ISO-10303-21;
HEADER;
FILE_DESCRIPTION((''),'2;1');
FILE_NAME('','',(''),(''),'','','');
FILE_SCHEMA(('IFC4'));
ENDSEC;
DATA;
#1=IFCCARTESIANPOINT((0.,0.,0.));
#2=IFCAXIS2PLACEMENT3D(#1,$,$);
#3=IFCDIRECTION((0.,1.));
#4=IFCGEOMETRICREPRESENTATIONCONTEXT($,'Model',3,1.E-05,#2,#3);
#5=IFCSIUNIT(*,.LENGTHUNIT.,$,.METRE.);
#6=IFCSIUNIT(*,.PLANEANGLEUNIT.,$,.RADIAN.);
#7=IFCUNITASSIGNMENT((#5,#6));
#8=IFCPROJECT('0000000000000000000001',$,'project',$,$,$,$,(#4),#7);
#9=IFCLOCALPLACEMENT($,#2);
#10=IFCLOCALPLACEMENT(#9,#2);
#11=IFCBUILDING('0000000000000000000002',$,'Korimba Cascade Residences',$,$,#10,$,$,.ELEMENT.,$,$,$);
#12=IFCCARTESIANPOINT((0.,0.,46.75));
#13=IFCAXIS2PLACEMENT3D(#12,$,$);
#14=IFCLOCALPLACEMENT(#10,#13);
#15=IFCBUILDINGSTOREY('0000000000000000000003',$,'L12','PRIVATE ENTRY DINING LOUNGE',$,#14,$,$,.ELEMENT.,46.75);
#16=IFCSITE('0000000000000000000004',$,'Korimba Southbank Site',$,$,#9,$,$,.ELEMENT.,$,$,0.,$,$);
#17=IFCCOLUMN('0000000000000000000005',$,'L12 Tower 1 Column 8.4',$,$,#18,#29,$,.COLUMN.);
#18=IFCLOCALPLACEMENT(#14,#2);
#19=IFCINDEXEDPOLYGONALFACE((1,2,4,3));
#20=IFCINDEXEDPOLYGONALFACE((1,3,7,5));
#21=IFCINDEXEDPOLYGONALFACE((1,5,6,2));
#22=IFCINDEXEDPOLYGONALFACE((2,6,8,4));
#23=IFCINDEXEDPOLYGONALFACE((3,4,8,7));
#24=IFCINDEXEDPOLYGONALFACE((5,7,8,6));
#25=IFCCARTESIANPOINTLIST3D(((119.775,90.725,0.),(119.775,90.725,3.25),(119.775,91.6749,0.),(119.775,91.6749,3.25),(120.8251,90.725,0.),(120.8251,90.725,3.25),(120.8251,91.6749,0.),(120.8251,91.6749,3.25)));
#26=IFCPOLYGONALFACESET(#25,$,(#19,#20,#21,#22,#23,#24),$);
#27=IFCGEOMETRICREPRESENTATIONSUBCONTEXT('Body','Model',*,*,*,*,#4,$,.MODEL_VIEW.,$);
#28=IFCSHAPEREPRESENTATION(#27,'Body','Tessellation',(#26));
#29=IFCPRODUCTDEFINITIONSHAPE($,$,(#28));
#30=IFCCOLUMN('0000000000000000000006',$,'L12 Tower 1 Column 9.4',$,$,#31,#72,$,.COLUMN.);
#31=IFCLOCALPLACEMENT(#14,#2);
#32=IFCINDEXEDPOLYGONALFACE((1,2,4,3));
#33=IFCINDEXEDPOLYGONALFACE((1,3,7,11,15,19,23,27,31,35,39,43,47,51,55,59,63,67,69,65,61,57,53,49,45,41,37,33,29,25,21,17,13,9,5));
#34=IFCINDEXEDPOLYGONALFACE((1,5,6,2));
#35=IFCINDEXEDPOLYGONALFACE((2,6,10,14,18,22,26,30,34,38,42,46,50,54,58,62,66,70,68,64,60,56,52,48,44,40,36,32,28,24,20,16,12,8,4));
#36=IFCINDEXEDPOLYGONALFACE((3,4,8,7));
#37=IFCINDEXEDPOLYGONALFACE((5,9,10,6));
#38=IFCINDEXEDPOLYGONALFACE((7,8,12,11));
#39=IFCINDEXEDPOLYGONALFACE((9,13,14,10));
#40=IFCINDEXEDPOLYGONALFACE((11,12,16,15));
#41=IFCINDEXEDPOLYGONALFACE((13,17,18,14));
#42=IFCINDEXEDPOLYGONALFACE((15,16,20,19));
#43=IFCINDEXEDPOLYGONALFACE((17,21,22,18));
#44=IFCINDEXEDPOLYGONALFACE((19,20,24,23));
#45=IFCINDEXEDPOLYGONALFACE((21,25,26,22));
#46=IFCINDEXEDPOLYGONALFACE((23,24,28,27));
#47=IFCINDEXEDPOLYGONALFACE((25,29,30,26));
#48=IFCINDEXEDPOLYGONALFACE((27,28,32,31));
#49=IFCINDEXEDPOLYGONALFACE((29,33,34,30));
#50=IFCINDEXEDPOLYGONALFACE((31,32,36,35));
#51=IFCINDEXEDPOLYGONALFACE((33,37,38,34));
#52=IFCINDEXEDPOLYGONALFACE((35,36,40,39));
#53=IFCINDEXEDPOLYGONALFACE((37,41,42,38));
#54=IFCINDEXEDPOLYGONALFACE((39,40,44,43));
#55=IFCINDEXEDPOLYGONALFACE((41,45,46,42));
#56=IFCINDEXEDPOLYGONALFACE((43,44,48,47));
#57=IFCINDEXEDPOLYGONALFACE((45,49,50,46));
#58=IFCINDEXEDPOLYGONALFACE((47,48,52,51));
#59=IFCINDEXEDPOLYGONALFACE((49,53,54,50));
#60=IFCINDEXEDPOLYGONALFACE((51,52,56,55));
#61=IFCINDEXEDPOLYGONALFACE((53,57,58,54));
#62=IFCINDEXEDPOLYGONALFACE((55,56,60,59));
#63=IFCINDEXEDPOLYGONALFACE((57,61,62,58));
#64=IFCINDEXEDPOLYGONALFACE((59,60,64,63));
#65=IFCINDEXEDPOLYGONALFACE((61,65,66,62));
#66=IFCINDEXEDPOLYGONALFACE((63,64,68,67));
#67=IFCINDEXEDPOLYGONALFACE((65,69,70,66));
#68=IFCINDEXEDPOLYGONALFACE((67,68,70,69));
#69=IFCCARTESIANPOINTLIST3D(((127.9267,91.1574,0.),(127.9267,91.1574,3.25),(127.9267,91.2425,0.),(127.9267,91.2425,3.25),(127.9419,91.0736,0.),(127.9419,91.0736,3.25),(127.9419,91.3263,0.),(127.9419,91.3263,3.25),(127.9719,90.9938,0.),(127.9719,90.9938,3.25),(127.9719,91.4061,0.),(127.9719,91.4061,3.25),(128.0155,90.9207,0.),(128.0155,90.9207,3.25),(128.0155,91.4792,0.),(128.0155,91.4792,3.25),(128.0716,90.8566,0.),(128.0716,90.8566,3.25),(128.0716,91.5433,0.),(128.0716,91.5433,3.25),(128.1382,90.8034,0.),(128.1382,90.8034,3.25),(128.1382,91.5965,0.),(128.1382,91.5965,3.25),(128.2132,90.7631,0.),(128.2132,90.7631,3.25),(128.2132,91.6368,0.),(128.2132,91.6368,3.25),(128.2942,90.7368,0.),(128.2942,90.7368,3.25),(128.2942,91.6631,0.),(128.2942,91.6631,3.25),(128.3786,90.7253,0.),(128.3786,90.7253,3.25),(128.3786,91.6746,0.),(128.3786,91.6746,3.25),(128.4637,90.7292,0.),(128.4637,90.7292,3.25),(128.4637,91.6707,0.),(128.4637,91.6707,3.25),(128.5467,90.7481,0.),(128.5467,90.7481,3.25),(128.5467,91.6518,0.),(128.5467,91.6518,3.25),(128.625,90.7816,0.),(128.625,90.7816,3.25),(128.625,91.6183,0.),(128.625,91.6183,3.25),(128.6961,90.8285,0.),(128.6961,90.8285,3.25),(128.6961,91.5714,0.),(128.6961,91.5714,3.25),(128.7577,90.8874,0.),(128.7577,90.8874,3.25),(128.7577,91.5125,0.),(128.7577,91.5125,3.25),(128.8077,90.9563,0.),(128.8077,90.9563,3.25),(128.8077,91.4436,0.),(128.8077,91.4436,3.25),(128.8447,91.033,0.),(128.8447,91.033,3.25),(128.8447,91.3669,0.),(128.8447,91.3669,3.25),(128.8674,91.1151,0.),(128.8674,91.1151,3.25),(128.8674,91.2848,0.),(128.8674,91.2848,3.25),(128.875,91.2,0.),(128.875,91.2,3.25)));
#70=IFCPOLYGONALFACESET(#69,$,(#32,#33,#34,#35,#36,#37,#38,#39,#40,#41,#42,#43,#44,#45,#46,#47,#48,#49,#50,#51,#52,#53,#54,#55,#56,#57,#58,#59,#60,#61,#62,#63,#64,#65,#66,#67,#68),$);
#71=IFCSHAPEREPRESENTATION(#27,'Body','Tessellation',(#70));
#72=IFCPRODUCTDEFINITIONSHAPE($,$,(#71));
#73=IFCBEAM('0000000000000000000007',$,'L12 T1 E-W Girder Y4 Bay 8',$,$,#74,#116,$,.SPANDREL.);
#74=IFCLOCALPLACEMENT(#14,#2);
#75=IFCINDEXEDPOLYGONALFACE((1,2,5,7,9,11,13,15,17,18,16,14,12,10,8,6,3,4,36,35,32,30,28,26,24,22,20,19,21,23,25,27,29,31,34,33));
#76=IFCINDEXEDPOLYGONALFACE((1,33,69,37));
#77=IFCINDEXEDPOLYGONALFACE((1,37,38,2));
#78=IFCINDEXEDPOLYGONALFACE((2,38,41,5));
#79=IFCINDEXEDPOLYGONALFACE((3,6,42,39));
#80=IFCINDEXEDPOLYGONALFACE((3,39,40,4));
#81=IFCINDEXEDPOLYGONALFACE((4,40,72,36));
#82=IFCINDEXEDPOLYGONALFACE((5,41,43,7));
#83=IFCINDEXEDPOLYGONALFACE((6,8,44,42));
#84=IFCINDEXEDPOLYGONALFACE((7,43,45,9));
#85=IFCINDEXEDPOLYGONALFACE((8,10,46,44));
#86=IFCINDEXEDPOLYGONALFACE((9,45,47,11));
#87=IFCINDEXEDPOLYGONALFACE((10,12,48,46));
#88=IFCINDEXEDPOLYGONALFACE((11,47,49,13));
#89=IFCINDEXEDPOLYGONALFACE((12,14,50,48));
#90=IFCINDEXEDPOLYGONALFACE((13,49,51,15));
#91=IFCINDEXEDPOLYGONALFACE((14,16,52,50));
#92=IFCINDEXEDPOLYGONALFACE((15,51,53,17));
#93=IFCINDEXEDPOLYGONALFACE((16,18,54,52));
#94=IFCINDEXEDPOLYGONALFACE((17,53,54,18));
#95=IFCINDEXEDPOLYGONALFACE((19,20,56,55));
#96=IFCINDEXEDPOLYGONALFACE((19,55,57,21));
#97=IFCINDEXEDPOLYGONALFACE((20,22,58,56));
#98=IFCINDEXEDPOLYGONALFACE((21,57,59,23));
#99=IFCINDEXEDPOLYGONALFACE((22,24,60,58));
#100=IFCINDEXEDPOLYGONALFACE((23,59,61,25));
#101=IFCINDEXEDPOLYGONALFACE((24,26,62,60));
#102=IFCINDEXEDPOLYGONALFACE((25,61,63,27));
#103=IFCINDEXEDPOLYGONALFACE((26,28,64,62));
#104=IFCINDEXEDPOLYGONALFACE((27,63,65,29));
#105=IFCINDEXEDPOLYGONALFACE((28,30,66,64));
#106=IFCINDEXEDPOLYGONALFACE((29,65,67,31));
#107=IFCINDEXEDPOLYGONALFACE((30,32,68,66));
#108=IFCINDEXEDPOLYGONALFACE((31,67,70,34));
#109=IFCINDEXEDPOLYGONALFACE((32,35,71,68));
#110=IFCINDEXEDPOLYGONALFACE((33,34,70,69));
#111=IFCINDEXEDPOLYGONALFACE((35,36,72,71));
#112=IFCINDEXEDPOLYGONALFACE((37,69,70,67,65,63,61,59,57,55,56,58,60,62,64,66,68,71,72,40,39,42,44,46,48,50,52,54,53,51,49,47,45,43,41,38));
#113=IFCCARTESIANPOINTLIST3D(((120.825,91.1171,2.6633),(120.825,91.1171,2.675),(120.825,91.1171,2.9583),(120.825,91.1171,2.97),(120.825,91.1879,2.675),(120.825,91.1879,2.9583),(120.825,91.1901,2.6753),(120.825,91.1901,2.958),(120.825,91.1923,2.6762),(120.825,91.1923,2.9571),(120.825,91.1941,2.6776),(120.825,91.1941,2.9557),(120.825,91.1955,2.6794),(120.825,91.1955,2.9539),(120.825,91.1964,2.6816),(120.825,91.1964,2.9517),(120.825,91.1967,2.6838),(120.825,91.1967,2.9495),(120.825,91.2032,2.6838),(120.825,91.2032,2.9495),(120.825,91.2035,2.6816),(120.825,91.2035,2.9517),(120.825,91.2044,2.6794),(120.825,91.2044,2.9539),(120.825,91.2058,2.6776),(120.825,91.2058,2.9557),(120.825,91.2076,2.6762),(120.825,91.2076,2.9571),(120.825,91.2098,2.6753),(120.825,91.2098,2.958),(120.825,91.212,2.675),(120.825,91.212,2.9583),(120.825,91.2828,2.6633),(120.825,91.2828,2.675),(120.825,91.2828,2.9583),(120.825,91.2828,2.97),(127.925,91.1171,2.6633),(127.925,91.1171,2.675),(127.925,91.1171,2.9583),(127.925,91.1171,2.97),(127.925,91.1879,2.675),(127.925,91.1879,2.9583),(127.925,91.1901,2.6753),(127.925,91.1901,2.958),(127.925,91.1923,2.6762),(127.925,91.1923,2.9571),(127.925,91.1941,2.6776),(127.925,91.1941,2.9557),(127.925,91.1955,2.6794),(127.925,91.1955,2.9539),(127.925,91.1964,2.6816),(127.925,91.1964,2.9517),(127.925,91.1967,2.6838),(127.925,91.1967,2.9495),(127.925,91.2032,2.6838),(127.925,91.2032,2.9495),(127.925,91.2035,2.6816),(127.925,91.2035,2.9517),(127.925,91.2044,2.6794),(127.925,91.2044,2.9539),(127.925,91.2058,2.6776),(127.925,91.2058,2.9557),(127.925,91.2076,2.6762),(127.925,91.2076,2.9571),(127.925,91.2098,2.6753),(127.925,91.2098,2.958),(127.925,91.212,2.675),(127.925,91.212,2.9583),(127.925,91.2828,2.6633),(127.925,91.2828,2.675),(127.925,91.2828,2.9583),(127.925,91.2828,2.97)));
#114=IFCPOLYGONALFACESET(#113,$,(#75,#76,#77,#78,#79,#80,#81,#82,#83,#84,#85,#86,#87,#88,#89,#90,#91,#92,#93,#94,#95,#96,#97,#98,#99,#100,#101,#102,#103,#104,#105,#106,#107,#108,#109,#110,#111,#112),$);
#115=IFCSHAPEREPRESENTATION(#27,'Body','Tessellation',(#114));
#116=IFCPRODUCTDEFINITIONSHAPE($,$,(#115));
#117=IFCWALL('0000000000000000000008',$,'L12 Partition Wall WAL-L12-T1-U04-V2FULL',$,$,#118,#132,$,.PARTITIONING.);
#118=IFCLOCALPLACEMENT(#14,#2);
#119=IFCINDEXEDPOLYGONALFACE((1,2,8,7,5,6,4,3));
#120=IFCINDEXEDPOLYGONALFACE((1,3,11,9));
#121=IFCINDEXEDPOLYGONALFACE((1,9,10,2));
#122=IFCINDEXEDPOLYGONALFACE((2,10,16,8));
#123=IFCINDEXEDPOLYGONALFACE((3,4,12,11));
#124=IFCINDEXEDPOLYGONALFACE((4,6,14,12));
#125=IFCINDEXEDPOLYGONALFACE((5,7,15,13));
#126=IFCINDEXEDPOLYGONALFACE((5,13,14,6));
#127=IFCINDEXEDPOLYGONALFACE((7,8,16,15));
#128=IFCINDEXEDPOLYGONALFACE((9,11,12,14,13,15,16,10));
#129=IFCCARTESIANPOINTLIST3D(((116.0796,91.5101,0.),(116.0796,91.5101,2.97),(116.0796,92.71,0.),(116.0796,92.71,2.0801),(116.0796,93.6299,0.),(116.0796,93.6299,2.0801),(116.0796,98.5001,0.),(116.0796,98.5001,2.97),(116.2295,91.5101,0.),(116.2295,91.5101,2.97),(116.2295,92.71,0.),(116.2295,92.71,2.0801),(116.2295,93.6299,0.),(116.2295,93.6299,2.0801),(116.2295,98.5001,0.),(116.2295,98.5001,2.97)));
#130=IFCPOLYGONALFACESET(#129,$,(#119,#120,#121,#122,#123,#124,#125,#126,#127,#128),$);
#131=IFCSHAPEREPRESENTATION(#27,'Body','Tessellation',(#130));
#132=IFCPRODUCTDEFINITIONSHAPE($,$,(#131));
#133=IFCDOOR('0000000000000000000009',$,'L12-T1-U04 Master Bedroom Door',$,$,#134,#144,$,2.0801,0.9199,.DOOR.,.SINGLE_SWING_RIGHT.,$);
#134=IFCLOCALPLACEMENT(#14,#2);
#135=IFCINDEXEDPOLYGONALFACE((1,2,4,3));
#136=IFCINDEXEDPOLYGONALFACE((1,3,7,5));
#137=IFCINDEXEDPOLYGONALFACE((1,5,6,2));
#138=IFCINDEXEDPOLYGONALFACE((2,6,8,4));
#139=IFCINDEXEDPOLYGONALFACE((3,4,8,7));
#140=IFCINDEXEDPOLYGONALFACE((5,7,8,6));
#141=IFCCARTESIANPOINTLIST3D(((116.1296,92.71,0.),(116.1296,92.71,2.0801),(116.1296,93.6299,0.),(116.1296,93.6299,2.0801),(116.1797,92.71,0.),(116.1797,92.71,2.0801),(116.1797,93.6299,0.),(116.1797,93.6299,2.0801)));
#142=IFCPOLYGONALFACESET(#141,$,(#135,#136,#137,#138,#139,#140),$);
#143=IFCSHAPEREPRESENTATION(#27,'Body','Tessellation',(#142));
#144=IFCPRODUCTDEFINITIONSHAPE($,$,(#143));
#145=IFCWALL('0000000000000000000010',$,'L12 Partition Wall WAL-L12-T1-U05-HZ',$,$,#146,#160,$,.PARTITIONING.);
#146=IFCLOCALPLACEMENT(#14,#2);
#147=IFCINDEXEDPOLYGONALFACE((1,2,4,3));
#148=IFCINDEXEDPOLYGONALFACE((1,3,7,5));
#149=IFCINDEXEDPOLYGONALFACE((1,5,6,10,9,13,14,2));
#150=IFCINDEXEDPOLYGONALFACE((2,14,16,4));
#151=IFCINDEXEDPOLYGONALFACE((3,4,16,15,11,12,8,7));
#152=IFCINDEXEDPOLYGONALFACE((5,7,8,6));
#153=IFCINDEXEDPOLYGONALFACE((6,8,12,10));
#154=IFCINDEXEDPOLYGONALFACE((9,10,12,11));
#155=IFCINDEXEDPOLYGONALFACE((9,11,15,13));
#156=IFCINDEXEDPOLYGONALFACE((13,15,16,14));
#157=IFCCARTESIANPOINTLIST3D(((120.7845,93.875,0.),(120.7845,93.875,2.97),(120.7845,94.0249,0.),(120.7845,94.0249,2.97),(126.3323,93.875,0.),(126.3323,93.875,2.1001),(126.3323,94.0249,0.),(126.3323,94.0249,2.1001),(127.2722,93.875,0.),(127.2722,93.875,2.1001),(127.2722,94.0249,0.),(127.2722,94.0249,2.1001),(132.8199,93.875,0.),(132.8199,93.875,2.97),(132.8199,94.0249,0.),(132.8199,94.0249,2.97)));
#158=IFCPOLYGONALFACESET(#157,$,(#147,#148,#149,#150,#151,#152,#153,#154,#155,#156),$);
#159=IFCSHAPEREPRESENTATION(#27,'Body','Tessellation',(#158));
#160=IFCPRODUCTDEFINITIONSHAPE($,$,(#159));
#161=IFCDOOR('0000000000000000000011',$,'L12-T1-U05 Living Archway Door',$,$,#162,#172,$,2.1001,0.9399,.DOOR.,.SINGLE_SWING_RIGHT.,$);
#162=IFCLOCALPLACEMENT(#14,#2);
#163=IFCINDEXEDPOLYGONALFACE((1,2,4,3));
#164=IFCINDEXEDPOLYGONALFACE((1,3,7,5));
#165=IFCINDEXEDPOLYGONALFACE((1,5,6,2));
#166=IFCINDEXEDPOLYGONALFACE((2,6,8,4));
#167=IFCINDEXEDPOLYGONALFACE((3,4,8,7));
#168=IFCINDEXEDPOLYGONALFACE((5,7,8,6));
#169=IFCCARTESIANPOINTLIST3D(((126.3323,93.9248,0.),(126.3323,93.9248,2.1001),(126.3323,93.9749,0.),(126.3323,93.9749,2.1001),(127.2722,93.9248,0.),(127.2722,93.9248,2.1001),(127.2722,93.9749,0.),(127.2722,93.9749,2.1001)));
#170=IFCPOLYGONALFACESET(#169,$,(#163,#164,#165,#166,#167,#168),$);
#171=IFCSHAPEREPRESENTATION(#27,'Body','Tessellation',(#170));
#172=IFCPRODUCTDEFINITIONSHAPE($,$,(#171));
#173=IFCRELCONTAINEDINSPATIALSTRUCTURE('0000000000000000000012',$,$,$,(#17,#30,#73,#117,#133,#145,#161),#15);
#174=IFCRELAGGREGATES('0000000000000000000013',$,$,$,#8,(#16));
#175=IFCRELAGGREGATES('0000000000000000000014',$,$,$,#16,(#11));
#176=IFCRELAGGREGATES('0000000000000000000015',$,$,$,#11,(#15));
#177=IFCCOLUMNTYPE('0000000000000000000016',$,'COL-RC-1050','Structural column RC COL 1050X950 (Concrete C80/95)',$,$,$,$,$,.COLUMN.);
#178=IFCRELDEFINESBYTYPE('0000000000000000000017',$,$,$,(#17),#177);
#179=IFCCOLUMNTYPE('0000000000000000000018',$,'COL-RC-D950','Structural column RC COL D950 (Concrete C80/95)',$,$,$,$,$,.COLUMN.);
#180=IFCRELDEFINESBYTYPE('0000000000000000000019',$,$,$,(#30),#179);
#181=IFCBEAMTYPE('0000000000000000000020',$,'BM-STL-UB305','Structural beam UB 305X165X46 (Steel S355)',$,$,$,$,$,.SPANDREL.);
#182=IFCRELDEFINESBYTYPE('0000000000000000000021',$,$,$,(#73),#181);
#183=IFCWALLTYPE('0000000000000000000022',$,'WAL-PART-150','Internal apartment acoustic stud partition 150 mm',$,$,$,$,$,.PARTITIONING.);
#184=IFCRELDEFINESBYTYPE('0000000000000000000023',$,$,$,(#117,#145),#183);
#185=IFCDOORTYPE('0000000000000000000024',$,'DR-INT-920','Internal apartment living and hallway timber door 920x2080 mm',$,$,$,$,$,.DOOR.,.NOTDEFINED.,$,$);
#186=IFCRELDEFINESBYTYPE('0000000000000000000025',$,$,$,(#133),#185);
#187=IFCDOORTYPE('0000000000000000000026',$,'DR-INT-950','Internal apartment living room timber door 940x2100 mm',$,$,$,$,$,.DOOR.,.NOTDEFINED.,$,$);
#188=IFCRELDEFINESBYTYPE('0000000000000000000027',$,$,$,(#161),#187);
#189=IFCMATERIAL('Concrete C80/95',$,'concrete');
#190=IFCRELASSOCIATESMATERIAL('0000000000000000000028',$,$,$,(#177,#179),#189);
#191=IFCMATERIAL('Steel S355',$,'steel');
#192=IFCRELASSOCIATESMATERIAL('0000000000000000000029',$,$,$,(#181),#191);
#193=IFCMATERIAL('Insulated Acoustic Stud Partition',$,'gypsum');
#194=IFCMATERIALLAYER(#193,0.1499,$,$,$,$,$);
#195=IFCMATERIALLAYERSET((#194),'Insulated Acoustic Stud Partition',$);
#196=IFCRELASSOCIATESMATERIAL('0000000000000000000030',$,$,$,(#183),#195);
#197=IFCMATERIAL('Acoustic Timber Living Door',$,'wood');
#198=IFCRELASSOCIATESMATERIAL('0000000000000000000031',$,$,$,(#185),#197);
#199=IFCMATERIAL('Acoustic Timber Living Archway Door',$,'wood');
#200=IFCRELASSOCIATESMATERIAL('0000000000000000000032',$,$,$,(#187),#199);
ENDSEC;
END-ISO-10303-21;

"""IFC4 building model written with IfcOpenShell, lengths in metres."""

from ifc_helpers import new_model, si_unit, direction, frame, frame_2d, origin, origin_2d, place, context, subcontext, project, spatial, rectangle, circle, i_section, extrude, material, layer, layer_set, material_profile, profile_set, type_object, element, fill, save


model = new_model("IFC4")

# Units and contexts
model_context = context("Model", 3, precision=1e-05, world=origin(), true_north=direction((0.0, 1.0)))
body_context = subcontext(model_context, "Body", "Model", "MODEL_VIEW")
ifc_project = project(units=[si_unit("LENGTHUNIT", "METRE"), si_unit("PLANEANGLEUNIT", "RADIAN")], contexts=[model_context])

# Site, building, storey
site_placement = place(None, origin())
site = spatial("IfcSite", under=ifc_project, at=site_placement, Name="Korimba Southbank Site", CompositionType="ELEMENT", RefElevation=0.0)
building_placement = place(site_placement, origin())
building = spatial("IfcBuilding", under=site, at=building_placement, Name="Korimba Cascade Residences", CompositionType="ELEMENT")
storey_placement = place(building_placement, frame((0.0, 0.0, 46.75)))
storey = spatial("IfcBuildingStorey", under=building, at=storey_placement, Name="L12", Description="PRIVATE ENTRY DINING LOUNGE", CompositionType="ELEMENT", Elevation=46.75)

# Columns
ifc_material_1 = material(Name="Concrete C80/95", Category="concrete")
ifc_material_profile_1 = material_profile(ifc_material_1, rectangle(XDim=1.05, YDim=0.95, at=origin_2d()), Name="Concrete C80/95")
ifc_profile_set_1 = profile_set([ifc_material_profile_1], Name="Concrete C80/95")
column_type_1 = type_object("IfcColumnType", Name="COL-RC-1050", Description="Structural column RC COL 1050X950 (Concrete C80/95)", PredefinedType="COLUMN", material=ifc_profile_set_1)
column_1_placement = place(storey_placement, frame((120.3, 91.2, 0.0), z_axis=(0.0, 0.0, 1.0), x_axis=(1.0, 0.0, 0.0)))
element("IfcColumn", 1, at=column_1_placement, inside=storey, type_object=column_type_1, Name="L12 Tower 1 Column 8.4", PredefinedType="COLUMN", context=body_context, shape_type="SweptSolid", body=[
    extrude(rectangle(XDim=1.05, YDim=0.95, at=origin_2d()), origin(), (0.0, 0.0, 1.0), 3.25),
])
ifc_material_profile_2 = material_profile(ifc_material_1, circle(Radius=0.4751, at=origin_2d()), Name="Concrete C80/95")
ifc_profile_set_2 = profile_set([ifc_material_profile_2], Name="Concrete C80/95")
column_type_2 = type_object("IfcColumnType", Name="COL-RC-D950", Description="Structural column RC COL D950 (Concrete C80/95)", PredefinedType="COLUMN", material=ifc_profile_set_2)
column_2_placement = place(storey_placement, frame((128.3999, 91.2, 0.0), z_axis=(0.0, 0.0, 1.0), x_axis=(1.0, 0.0, 0.0)))
element("IfcColumn", 2, at=column_2_placement, inside=storey, type_object=column_type_2, Name="L12 Tower 1 Column 9.4", PredefinedType="COLUMN", context=body_context, shape_type="SweptSolid", body=[
    extrude(circle(Radius=0.4751, at=origin_2d()), origin(), (0.0, 0.0, 1.0), 3.25),
])

# Beam
ifc_material_2 = material(Name="Steel S355", Category="steel")
ifc_material_profile_3 = material_profile(ifc_material_2, i_section(OverallWidth=0.1658, OverallDepth=0.3066, WebThickness=0.0066, FlangeThickness=0.0117, FilletRadius=0.0088, at=origin_2d()), Name="Steel S355")
ifc_profile_set_3 = profile_set([ifc_material_profile_3], Name="Steel S355")
beam_type = type_object("IfcBeamType", Name="BM-STL-UB305", Description="Structural beam UB 305X165X46 (Steel S355)", PredefinedType="SPANDREL", material=ifc_profile_set_3)
beam_placement = place(storey_placement, frame((120.825, 91.2, 2.8167), z_axis=(1.0, 0.0, 0.0), x_axis=(0.0, 1.0, 0.0)))
element("IfcBeam", 3, at=beam_placement, inside=storey, type_object=beam_type, Name="L12 T1 E-W Girder Y4 Bay 8", PredefinedType="SPANDREL", context=body_context, shape_type="SweptSolid", body=[
    extrude(i_section(OverallWidth=0.1658, OverallDepth=0.3066, WebThickness=0.0066, FlangeThickness=0.0117, FilletRadius=0.0088, at=origin_2d()), origin(), (0.0, 0.0, 1.0), 7.1001),
])

# Walls, openings, doors
ifc_material_3 = material(Name="Insulated Acoustic Stud Partition", Category="gypsum")
ifc_layer = layer(ifc_material_3, 0.1499)
ifc_layer_set = layer_set([ifc_layer], Name="Insulated Acoustic Stud Partition")
wall_type = type_object("IfcWallType", Name="WAL-PART-150", Description="Internal apartment acoustic stud partition 150 mm", PredefinedType="PARTITIONING", material=ifc_layer_set)
wall_1_placement = place(storey_placement, frame((116.1545, 91.51, 0.0), z_axis=(0.0, 0.0, 1.0), x_axis=(0.0, 1.0, 0.0)))
wall_1 = element("IfcWall", 4, at=wall_1_placement, inside=storey, type_object=wall_type, Name="L12 Partition Wall WAL-L12-T1-U04-V2FULL", PredefinedType="PARTITIONING", context=body_context, shape_type="SweptSolid", body=[
    extrude(rectangle(XDim=6.99, YDim=0.1499, at=frame_2d((3.4951, 0.0))), origin(), (0.0, 0.0, 1.0), 2.97),
])
opening_1_placement = place(wall_1_placement, frame((1.2, 0.0, 0.0)))
opening_1 = element("IfcOpeningElement", 5, at=opening_1_placement, cuts=wall_1, PredefinedType="OPENING", context=body_context, shape_type="SweptSolid", body=[
    extrude(rectangle(XDim=0.9199, YDim=2.0801, at=frame_2d((0.46, 1.04))), frame((0.0, 0.085, 0.0), z_axis=(0.0, -1.0, 0.0), x_axis=(1.0, 0.0, 0.0)), (0.0, 0.0, 1.0), 0.1699),
])
ifc_material_4 = material(Name="Acoustic Timber Living Door", Category="wood")
door_type_1 = type_object("IfcDoorType", Name="DR-INT-920", Description="Internal apartment living and hallway timber door 920x2080 mm", OperationType="NOTDEFINED", PredefinedType="DOOR", material=ifc_material_4)
door_1_placement = place(opening_1_placement, origin())
door_1 = element("IfcDoor", 6, at=door_1_placement, inside=storey, type_object=door_type_1, Name="L12-T1-U04 Master Bedroom Door", OperationType="SINGLE_SWING_RIGHT", OverallHeight=2.0801, OverallWidth=0.9199, PredefinedType="DOOR", context=body_context, shape_type="SweptSolid", body=[
    extrude(rectangle(XDim=0.9199, YDim=2.0801, at=frame_2d((0.46, 1.04))), frame((0.0, 0.0249, 0.0), z_axis=(0.0, -1.0, 0.0), x_axis=(1.0, 0.0, 0.0)), (0.0, 0.0, 1.0), 0.05),
])
fill(opening_1, door_1)
wall_2_placement = place(storey_placement, frame((120.7847, 93.95, 0.0), z_axis=(0.0, 0.0, 1.0), x_axis=(1.0, 0.0, 0.0)))
wall_2 = element("IfcWall", 7, at=wall_2_placement, inside=storey, type_object=wall_type, Name="L12 Partition Wall WAL-L12-T1-U05-HZ", PredefinedType="PARTITIONING", context=body_context, shape_type="SweptSolid", body=[
    extrude(rectangle(XDim=12.0354, YDim=0.1499, at=frame_2d((6.0176, 0.0))), origin(), (0.0, 0.0, 1.0), 2.97),
])
opening_2_placement = place(wall_2_placement, frame((5.5476, 0.0, 0.0)))
opening_2 = element("IfcOpeningElement", 8, at=opening_2_placement, cuts=wall_2, PredefinedType="OPENING", context=body_context, shape_type="SweptSolid", body=[
    extrude(rectangle(XDim=0.9399, YDim=2.1001, at=frame_2d((0.47, 1.05))), frame((0.0, 0.085, 0.0), z_axis=(0.0, -1.0, 0.0), x_axis=(1.0, 0.0, 0.0)), (0.0, 0.0, 1.0), 0.1699),
])
ifc_material_5 = material(Name="Acoustic Timber Living Archway Door", Category="wood")
door_type_2 = type_object("IfcDoorType", Name="DR-INT-950", Description="Internal apartment living room timber door 940x2100 mm", OperationType="NOTDEFINED", PredefinedType="DOOR", material=ifc_material_5)
door_2_placement = place(opening_2_placement, origin())
door_2 = element("IfcDoor", 9, at=door_2_placement, inside=storey, type_object=door_type_2, Name="L12-T1-U05 Living Archway Door", OperationType="SINGLE_SWING_RIGHT", OverallHeight=2.1001, OverallWidth=0.9399, PredefinedType="DOOR", context=body_context, shape_type="SweptSolid", body=[
    extrude(rectangle(XDim=0.9399, YDim=2.1001, at=frame_2d((0.47, 1.05))), frame((0.0, 0.0249, 0.0), z_axis=(0.0, -1.0, 0.0), x_axis=(1.0, 0.0, 0.0)), (0.0, 0.0, 1.0), 0.05),
])
fill(opening_2, door_2)

save(model, "model.ifc")
